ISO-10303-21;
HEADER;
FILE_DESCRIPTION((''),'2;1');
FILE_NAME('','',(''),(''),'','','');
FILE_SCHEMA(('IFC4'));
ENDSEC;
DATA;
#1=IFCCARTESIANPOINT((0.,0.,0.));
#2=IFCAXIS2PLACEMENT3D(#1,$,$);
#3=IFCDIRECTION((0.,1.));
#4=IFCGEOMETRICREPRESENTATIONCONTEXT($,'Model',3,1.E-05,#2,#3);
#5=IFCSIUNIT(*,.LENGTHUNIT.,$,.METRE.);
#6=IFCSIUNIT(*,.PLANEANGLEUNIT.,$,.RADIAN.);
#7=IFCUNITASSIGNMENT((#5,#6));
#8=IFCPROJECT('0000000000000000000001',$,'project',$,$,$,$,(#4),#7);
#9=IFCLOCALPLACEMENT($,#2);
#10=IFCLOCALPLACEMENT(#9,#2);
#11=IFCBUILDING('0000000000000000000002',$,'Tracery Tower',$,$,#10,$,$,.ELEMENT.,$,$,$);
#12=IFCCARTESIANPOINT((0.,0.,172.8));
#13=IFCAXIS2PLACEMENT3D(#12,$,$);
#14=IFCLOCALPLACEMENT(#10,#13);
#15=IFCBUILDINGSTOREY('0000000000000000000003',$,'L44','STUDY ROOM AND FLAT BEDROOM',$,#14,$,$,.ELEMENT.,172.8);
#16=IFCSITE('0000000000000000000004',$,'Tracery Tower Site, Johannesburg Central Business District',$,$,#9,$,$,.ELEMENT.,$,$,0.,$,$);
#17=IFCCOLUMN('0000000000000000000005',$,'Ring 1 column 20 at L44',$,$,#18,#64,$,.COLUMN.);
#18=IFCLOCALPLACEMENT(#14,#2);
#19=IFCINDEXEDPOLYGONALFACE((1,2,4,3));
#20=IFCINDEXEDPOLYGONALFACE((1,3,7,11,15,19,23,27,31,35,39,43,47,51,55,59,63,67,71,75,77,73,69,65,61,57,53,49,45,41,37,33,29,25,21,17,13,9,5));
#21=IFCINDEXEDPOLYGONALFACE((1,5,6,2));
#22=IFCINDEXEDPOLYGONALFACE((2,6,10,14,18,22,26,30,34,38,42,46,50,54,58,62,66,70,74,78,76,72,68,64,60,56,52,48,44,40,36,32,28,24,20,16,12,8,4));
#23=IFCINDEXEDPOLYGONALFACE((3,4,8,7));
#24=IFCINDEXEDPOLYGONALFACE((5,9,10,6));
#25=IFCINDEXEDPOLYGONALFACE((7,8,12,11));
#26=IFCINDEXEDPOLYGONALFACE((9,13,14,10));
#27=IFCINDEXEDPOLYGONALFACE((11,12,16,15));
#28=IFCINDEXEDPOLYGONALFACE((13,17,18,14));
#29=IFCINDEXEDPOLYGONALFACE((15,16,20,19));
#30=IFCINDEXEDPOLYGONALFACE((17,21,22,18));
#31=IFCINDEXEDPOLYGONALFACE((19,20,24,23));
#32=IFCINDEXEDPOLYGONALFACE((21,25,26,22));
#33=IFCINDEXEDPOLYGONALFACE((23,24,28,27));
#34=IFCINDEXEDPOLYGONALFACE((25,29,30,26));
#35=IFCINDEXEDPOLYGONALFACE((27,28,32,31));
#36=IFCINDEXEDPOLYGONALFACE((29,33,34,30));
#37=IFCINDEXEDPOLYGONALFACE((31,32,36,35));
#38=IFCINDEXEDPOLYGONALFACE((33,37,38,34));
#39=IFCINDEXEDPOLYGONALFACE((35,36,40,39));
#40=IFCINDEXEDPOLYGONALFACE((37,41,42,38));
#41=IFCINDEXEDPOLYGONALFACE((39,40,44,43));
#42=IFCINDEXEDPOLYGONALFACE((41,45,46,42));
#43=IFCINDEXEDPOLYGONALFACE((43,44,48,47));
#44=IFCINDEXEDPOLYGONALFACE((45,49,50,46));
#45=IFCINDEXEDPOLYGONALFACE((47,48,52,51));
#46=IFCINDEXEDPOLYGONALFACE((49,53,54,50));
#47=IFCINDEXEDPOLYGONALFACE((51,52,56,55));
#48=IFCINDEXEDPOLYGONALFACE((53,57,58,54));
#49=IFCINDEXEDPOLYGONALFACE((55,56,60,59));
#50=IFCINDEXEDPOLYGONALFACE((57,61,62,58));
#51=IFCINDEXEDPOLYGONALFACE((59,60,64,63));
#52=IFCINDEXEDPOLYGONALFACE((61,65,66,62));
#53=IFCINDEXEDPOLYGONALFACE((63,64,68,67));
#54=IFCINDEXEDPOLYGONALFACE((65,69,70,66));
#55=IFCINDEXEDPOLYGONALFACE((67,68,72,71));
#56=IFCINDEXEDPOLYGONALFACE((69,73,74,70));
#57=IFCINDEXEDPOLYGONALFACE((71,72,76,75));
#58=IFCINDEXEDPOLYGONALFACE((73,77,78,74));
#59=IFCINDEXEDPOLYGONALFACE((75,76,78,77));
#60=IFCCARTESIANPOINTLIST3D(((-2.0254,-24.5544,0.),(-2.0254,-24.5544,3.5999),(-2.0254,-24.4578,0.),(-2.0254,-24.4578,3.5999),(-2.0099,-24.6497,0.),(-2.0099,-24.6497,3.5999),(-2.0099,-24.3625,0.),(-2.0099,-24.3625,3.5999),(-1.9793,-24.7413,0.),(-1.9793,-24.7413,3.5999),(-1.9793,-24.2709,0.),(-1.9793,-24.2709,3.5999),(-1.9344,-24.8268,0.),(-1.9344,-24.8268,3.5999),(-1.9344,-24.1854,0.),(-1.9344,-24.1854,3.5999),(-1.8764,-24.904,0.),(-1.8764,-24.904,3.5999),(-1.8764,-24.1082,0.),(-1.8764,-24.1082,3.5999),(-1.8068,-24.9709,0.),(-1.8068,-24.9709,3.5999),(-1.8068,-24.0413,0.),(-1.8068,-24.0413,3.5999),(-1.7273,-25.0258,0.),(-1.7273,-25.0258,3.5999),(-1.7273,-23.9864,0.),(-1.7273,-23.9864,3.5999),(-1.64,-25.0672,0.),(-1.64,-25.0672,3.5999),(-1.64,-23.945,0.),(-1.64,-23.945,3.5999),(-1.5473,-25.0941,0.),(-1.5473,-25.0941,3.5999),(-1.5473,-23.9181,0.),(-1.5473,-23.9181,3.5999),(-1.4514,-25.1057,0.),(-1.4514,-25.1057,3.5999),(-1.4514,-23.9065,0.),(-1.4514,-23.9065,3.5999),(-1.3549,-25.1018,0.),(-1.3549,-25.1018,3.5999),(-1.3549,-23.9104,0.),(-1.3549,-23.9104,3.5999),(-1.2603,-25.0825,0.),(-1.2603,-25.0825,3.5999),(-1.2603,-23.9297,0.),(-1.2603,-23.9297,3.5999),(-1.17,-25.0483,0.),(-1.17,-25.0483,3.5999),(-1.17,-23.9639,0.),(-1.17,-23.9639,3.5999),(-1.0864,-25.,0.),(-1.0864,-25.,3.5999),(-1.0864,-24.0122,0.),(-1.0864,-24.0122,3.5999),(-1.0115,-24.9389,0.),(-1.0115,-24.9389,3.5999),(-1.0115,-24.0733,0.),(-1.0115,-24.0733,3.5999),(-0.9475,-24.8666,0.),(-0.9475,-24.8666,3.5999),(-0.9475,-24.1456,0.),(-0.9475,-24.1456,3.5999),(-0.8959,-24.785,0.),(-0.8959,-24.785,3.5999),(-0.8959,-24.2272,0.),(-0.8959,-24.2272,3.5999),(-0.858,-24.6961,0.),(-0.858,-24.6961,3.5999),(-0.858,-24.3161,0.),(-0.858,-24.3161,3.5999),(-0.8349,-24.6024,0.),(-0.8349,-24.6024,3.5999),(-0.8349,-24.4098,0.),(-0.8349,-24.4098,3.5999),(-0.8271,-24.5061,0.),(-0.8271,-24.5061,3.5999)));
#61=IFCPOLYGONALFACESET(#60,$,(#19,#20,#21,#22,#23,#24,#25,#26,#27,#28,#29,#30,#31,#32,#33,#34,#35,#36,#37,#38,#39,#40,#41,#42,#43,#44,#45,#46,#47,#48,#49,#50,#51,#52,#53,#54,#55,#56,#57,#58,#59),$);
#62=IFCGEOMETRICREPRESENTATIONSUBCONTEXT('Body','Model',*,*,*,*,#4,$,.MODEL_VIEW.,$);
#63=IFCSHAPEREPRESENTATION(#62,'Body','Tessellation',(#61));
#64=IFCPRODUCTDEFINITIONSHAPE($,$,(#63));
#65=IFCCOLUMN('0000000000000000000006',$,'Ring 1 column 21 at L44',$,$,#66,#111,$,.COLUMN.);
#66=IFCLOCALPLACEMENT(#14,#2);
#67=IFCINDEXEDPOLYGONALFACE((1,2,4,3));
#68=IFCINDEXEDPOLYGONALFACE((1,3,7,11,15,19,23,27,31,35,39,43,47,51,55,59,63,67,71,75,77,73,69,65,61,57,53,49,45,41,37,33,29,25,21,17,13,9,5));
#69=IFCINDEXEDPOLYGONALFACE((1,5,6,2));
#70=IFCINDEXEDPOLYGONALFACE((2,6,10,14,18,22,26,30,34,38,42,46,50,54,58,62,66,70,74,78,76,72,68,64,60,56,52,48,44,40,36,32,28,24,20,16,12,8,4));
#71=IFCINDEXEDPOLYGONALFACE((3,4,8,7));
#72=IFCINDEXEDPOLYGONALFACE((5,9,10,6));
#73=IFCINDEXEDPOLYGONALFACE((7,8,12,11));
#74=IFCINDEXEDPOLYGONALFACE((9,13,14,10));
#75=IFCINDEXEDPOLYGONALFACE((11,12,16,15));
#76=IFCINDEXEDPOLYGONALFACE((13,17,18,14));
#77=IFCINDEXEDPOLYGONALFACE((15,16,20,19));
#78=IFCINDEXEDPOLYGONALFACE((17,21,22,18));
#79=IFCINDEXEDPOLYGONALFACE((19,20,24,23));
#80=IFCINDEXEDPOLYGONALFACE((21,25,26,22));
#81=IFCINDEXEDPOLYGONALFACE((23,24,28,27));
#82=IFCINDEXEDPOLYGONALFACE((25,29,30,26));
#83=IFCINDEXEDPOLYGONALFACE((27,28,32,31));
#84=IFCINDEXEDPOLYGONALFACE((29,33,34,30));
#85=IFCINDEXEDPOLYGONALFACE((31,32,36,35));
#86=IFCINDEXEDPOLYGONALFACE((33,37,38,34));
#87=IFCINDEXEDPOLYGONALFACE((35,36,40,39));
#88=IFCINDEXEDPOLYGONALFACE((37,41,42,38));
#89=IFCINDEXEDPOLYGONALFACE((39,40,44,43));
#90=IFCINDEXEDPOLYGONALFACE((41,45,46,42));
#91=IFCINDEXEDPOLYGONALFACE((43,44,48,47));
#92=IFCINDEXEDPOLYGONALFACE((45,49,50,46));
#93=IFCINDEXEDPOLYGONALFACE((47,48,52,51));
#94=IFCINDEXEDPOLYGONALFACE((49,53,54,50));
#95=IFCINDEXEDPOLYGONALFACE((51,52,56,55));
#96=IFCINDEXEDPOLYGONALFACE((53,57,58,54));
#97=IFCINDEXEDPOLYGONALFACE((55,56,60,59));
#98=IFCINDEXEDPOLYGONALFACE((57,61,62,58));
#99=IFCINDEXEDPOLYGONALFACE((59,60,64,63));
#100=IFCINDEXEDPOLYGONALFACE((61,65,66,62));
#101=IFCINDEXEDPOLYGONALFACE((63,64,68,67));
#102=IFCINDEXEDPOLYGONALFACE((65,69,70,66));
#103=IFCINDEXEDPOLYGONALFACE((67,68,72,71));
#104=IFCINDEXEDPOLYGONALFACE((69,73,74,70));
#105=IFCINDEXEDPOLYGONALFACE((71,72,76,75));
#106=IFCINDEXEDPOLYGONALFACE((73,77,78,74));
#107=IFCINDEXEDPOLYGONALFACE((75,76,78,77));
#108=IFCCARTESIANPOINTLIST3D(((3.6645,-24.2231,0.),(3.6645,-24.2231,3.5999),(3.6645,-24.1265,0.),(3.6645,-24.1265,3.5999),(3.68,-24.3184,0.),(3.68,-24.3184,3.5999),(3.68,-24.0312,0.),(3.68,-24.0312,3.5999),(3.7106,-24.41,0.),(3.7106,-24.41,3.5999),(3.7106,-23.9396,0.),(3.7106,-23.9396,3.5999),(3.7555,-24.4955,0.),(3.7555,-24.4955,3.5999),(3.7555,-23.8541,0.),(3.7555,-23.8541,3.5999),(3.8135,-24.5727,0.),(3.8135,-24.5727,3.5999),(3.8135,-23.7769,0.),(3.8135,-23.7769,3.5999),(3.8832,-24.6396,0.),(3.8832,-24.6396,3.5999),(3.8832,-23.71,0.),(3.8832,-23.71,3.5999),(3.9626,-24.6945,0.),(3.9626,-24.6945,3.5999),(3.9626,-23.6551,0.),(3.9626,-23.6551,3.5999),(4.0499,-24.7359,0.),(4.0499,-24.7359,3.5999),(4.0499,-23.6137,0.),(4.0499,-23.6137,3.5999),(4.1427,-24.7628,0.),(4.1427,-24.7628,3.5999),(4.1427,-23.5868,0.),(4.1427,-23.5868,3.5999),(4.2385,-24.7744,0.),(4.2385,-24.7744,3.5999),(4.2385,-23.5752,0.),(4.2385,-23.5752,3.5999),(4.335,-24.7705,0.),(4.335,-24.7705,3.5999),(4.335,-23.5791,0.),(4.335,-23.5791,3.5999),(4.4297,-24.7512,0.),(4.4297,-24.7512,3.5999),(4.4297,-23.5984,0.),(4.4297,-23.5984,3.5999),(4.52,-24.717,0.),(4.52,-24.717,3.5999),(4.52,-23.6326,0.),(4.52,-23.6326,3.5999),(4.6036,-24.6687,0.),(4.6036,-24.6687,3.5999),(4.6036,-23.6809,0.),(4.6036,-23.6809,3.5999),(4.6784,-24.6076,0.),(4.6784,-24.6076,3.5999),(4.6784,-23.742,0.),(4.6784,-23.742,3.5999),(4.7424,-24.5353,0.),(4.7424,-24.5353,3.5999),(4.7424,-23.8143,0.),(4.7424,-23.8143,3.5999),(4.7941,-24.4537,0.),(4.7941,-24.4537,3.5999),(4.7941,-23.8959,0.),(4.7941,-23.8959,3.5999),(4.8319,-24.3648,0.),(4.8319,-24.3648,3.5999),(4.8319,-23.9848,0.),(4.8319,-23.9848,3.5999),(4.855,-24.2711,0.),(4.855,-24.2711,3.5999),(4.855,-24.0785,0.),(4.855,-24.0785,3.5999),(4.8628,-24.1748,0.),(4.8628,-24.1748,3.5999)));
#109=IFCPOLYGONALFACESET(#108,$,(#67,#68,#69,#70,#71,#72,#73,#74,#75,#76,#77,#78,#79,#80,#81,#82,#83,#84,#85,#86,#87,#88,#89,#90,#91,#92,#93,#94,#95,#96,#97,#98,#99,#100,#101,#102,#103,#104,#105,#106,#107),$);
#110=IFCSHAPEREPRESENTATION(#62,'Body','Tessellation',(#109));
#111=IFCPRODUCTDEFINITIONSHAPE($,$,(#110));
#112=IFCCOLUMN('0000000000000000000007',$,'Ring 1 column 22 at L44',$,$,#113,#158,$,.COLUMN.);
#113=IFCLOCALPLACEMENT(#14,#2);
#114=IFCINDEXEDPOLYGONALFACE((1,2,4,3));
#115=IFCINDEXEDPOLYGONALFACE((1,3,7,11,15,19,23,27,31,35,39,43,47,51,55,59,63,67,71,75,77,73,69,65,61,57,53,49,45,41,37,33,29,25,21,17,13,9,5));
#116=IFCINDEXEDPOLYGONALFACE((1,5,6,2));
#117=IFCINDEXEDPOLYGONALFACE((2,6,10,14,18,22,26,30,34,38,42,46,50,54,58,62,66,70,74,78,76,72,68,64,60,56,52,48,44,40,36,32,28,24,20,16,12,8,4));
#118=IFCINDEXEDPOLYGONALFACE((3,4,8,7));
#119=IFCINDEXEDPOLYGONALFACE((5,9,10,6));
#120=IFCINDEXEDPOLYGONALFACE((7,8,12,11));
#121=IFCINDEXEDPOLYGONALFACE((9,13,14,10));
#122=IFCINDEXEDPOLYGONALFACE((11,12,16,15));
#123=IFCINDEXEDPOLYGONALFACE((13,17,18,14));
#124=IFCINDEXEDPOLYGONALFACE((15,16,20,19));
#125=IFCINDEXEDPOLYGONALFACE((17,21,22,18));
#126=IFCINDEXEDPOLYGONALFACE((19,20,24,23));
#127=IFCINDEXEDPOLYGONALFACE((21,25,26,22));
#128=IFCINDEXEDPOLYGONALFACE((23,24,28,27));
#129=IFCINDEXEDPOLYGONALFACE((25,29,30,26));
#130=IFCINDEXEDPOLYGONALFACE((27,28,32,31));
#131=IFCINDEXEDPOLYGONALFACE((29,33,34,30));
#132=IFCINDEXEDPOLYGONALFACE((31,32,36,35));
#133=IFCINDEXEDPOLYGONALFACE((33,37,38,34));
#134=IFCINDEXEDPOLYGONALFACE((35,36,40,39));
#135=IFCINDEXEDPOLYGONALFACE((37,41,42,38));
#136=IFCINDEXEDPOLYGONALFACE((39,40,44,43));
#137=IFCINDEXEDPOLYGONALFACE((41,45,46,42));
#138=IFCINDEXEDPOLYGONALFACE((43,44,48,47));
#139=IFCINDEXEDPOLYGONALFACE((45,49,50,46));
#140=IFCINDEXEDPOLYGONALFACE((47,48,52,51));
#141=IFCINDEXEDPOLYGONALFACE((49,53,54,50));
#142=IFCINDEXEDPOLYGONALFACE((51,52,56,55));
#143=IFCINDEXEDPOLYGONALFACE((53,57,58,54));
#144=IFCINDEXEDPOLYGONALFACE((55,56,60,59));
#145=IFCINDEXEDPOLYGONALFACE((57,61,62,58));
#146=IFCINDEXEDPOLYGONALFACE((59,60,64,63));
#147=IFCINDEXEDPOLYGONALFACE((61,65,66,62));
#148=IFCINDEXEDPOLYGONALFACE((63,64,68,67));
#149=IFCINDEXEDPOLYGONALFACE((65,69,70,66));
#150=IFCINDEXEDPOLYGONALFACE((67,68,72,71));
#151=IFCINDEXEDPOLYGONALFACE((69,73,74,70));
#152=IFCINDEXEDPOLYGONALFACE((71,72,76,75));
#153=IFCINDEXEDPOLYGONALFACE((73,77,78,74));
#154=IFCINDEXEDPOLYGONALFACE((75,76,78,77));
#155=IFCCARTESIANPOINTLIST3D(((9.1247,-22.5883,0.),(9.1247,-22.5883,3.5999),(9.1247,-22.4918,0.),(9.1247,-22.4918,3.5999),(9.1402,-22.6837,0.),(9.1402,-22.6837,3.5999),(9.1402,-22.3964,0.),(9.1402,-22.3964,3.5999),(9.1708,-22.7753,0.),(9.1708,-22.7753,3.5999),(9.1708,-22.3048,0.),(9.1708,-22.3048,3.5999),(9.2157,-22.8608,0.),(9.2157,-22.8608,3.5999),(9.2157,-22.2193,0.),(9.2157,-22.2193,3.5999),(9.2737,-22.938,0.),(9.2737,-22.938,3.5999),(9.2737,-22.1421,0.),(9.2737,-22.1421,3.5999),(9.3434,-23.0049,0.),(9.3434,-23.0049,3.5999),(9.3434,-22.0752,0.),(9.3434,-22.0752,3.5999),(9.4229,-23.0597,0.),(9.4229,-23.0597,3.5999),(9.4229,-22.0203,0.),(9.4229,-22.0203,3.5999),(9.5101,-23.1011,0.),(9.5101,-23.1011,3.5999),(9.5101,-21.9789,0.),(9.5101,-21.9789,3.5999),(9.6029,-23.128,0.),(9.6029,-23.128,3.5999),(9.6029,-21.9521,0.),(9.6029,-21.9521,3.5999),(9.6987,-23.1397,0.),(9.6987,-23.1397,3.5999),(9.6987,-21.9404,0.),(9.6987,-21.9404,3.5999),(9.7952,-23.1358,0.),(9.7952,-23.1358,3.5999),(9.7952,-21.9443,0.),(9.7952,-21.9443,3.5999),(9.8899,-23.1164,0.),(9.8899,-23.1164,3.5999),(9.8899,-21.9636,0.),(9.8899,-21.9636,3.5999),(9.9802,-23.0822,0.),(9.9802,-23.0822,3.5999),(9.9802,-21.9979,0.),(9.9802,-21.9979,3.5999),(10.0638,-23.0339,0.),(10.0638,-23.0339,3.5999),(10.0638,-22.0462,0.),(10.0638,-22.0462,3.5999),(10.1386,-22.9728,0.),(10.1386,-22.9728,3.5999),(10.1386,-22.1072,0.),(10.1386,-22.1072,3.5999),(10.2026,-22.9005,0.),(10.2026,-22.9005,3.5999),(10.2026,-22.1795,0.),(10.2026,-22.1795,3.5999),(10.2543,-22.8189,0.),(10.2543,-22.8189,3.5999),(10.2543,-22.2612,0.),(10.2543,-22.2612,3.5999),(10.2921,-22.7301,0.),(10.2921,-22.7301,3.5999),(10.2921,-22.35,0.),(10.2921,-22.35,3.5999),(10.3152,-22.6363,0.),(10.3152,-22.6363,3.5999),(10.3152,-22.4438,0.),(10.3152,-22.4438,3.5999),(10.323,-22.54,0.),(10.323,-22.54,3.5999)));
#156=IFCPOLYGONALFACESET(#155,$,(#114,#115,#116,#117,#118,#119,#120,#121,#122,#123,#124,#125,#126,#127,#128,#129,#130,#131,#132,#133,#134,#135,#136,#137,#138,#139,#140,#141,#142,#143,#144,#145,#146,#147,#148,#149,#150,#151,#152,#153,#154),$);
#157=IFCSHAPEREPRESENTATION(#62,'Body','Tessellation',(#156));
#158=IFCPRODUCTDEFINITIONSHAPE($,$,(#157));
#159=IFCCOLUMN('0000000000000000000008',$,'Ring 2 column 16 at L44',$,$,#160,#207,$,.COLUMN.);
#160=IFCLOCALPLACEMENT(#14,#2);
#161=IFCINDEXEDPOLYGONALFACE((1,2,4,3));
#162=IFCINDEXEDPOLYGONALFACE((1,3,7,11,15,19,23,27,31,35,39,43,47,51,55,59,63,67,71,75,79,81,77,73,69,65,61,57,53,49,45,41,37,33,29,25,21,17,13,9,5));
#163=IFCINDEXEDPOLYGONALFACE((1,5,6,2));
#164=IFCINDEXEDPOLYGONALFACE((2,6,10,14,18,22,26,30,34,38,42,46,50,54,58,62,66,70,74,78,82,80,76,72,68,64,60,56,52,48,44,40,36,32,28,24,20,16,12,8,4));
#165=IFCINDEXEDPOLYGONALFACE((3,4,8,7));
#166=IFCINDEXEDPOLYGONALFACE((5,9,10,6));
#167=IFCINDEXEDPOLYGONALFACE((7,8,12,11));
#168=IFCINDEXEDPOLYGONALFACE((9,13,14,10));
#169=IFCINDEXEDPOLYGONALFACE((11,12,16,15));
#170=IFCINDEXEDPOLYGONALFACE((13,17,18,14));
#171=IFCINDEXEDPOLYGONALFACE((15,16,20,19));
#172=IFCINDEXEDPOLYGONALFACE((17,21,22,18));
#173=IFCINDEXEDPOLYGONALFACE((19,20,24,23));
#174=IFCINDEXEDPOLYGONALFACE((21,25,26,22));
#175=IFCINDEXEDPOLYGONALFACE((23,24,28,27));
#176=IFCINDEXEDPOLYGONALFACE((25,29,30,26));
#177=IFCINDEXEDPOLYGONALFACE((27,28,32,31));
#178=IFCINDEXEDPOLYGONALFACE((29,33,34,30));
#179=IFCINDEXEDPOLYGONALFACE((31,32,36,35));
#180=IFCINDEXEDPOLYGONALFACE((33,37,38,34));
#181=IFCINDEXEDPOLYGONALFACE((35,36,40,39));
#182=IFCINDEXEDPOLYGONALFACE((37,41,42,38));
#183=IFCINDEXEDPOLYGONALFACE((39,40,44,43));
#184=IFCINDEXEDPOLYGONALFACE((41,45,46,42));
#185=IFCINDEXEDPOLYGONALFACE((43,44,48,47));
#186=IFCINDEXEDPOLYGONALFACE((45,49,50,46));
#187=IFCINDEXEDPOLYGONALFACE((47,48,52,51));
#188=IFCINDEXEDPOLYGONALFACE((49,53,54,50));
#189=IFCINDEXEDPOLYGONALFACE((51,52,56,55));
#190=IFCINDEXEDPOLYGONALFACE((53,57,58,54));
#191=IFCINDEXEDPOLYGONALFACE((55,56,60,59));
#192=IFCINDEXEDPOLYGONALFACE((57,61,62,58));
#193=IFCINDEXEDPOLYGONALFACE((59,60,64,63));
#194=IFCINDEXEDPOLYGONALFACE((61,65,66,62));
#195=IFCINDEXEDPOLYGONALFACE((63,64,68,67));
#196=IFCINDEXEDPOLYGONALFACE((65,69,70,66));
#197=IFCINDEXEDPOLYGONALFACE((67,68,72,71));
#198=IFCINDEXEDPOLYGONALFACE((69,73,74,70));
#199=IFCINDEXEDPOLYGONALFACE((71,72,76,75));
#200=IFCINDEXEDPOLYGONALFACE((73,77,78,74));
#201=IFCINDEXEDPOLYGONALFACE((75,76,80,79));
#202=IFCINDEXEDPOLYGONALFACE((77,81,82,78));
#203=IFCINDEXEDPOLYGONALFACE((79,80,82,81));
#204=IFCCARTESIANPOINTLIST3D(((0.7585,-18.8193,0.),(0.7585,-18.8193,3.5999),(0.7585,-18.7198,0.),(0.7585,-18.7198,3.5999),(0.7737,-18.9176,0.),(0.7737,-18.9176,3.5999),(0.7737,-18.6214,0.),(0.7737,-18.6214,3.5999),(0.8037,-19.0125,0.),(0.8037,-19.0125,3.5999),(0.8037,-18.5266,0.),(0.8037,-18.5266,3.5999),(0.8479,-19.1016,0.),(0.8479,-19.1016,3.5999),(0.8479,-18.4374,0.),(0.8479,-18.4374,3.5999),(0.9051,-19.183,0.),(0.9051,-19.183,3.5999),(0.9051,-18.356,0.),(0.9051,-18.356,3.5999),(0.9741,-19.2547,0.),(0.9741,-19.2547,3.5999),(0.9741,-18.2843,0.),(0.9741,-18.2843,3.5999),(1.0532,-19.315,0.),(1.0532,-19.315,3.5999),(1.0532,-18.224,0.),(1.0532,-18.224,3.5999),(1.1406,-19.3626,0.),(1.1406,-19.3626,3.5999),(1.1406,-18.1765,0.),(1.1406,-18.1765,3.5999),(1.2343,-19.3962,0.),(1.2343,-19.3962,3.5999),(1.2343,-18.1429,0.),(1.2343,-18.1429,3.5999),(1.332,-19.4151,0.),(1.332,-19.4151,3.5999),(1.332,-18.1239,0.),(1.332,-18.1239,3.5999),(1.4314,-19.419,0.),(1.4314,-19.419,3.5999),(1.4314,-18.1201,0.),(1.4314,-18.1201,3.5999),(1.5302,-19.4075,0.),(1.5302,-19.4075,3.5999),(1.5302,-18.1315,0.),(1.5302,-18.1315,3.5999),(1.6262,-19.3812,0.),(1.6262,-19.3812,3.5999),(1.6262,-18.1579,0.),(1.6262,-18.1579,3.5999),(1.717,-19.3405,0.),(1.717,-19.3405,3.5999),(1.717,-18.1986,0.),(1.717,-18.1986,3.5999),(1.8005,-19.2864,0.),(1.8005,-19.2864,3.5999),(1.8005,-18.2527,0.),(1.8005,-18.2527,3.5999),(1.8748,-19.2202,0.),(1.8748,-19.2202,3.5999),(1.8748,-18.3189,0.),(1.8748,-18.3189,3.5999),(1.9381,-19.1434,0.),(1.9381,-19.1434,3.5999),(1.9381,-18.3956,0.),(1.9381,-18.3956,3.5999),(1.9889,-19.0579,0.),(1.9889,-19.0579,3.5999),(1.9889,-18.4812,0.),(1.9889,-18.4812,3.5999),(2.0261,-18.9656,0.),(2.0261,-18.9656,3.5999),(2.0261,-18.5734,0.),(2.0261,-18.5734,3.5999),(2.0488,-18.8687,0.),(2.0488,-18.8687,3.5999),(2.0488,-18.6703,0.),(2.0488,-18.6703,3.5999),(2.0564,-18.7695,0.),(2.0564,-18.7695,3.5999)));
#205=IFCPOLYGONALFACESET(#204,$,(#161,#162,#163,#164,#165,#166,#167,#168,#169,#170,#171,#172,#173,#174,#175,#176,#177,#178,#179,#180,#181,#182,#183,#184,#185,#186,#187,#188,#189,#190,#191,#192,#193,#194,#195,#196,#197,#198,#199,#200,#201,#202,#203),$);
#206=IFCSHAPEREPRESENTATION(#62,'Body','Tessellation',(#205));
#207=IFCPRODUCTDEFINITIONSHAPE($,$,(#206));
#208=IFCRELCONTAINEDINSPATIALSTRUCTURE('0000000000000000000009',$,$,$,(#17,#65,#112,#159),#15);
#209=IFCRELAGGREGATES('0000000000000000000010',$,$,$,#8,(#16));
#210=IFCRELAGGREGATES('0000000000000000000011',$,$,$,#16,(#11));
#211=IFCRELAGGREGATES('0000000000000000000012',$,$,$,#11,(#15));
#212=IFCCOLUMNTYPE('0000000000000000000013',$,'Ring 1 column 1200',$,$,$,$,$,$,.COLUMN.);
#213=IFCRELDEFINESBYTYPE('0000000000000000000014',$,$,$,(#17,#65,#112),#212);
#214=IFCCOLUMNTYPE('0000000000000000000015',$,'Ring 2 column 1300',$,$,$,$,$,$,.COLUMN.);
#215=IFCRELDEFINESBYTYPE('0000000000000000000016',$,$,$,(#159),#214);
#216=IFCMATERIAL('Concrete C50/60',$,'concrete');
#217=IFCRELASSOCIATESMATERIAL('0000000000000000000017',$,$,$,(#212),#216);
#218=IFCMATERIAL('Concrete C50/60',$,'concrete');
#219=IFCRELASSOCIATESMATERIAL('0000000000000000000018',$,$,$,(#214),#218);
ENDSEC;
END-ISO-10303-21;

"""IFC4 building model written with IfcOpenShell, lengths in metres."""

from ifc_helpers import new_model, si_unit, direction, frame, origin, origin_2d, place, context, subcontext, project, spatial, circle, extrude, material, material_profile, profile_set, type_object, element, save


model = new_model("IFC4")

# Units and contexts
model_context = context("Model", 3, precision=1e-05, world=origin(), true_north=direction((0.0, 1.0)))
body_context = subcontext(model_context, "Body", "Model", "MODEL_VIEW")
ifc_project = project(units=[si_unit("LENGTHUNIT", "METRE"), si_unit("PLANEANGLEUNIT", "RADIAN")], contexts=[model_context])

# Site, building, storey
site_placement = place(None, origin())
site = spatial("IfcSite", under=ifc_project, at=site_placement, Name="Tracery Tower Site, Johannesburg Central Business District", CompositionType="ELEMENT", RefElevation=0.0)
building_placement = place(site_placement, origin())
building = spatial("IfcBuilding", under=site, at=building_placement, Name="Tracery Tower", CompositionType="ELEMENT")
storey_placement = place(building_placement, frame((0.0, 0.0, 172.8)))
storey = spatial("IfcBuildingStorey", under=building, at=storey_placement, Name="L44", Description="STUDY ROOM AND FLAT BEDROOM", CompositionType="ELEMENT", Elevation=172.8)

# Columns
ifc_material_1 = material(Name="Concrete C50/60", Category="concrete")
ifc_material_profile_1 = material_profile(ifc_material_1, circle(Radius=0.6001, at=origin_2d()), Name="RC D1200")
ifc_profile_set_1 = profile_set([ifc_material_profile_1], Name="Concrete C50/60")
column_type_1 = type_object("IfcColumnType", Name="Ring 1 column 1200", PredefinedType="COLUMN", material=ifc_profile_set_1)
for number, where, z_axis, x_axis, name in (
    (1, (-1.4272, -24.5061, 0.0), (0.0, 0.0, 1.0), (1.0, 0.0, 0.0), "Ring 1 column 20 at L44"),
    (2, (4.2627, -24.1748, 0.0), (0.0, 0.0, 1.0), (1.0, 0.0, 0.0), "Ring 1 column 21 at L44"),
    (3, (9.7229, -22.54, 0.0), (0.0, 0.0, 1.0), (1.0, 0.0, 0.0), "Ring 1 column 22 at L44"),
):
    element("IfcColumn", number, at=place(storey_placement, frame(where, z_axis=z_axis, x_axis=x_axis)), inside=storey, type_object=column_type_1, Name=name, PredefinedType="COLUMN", context=body_context, shape_type="SweptSolid", body=[
        extrude(circle(Radius=0.6001, at=origin_2d()), origin(), (0.0, 0.0, 1.0), 3.5999),
    ])
ifc_material_2 = material(Name="Concrete C50/60", Category="concrete")
ifc_material_profile_2 = material_profile(ifc_material_2, circle(Radius=0.6499, at=origin_2d()), Name="RC D1300")
ifc_profile_set_2 = profile_set([ifc_material_profile_2], Name="Concrete C50/60")
column_type_2 = type_object("IfcColumnType", Name="Ring 2 column 1300", PredefinedType="COLUMN", material=ifc_profile_set_2)
for number, where, z_axis, x_axis, name in (
    (4, (1.4065, -18.7695, 0.0), (0.0, 0.0, 1.0), (1.0, 0.0, 0.0), "Ring 2 column 16 at L44"),
):
    element("IfcColumn", number, at=place(storey_placement, frame(where, z_axis=z_axis, x_axis=x_axis)), inside=storey, type_object=column_type_2, Name=name, PredefinedType="COLUMN", context=body_context, shape_type="SweptSolid", body=[
        extrude(circle(Radius=0.6499, at=origin_2d()), origin(), (0.0, 0.0, 1.0), 3.5999),
    ])

save(model, "model.ifc")
